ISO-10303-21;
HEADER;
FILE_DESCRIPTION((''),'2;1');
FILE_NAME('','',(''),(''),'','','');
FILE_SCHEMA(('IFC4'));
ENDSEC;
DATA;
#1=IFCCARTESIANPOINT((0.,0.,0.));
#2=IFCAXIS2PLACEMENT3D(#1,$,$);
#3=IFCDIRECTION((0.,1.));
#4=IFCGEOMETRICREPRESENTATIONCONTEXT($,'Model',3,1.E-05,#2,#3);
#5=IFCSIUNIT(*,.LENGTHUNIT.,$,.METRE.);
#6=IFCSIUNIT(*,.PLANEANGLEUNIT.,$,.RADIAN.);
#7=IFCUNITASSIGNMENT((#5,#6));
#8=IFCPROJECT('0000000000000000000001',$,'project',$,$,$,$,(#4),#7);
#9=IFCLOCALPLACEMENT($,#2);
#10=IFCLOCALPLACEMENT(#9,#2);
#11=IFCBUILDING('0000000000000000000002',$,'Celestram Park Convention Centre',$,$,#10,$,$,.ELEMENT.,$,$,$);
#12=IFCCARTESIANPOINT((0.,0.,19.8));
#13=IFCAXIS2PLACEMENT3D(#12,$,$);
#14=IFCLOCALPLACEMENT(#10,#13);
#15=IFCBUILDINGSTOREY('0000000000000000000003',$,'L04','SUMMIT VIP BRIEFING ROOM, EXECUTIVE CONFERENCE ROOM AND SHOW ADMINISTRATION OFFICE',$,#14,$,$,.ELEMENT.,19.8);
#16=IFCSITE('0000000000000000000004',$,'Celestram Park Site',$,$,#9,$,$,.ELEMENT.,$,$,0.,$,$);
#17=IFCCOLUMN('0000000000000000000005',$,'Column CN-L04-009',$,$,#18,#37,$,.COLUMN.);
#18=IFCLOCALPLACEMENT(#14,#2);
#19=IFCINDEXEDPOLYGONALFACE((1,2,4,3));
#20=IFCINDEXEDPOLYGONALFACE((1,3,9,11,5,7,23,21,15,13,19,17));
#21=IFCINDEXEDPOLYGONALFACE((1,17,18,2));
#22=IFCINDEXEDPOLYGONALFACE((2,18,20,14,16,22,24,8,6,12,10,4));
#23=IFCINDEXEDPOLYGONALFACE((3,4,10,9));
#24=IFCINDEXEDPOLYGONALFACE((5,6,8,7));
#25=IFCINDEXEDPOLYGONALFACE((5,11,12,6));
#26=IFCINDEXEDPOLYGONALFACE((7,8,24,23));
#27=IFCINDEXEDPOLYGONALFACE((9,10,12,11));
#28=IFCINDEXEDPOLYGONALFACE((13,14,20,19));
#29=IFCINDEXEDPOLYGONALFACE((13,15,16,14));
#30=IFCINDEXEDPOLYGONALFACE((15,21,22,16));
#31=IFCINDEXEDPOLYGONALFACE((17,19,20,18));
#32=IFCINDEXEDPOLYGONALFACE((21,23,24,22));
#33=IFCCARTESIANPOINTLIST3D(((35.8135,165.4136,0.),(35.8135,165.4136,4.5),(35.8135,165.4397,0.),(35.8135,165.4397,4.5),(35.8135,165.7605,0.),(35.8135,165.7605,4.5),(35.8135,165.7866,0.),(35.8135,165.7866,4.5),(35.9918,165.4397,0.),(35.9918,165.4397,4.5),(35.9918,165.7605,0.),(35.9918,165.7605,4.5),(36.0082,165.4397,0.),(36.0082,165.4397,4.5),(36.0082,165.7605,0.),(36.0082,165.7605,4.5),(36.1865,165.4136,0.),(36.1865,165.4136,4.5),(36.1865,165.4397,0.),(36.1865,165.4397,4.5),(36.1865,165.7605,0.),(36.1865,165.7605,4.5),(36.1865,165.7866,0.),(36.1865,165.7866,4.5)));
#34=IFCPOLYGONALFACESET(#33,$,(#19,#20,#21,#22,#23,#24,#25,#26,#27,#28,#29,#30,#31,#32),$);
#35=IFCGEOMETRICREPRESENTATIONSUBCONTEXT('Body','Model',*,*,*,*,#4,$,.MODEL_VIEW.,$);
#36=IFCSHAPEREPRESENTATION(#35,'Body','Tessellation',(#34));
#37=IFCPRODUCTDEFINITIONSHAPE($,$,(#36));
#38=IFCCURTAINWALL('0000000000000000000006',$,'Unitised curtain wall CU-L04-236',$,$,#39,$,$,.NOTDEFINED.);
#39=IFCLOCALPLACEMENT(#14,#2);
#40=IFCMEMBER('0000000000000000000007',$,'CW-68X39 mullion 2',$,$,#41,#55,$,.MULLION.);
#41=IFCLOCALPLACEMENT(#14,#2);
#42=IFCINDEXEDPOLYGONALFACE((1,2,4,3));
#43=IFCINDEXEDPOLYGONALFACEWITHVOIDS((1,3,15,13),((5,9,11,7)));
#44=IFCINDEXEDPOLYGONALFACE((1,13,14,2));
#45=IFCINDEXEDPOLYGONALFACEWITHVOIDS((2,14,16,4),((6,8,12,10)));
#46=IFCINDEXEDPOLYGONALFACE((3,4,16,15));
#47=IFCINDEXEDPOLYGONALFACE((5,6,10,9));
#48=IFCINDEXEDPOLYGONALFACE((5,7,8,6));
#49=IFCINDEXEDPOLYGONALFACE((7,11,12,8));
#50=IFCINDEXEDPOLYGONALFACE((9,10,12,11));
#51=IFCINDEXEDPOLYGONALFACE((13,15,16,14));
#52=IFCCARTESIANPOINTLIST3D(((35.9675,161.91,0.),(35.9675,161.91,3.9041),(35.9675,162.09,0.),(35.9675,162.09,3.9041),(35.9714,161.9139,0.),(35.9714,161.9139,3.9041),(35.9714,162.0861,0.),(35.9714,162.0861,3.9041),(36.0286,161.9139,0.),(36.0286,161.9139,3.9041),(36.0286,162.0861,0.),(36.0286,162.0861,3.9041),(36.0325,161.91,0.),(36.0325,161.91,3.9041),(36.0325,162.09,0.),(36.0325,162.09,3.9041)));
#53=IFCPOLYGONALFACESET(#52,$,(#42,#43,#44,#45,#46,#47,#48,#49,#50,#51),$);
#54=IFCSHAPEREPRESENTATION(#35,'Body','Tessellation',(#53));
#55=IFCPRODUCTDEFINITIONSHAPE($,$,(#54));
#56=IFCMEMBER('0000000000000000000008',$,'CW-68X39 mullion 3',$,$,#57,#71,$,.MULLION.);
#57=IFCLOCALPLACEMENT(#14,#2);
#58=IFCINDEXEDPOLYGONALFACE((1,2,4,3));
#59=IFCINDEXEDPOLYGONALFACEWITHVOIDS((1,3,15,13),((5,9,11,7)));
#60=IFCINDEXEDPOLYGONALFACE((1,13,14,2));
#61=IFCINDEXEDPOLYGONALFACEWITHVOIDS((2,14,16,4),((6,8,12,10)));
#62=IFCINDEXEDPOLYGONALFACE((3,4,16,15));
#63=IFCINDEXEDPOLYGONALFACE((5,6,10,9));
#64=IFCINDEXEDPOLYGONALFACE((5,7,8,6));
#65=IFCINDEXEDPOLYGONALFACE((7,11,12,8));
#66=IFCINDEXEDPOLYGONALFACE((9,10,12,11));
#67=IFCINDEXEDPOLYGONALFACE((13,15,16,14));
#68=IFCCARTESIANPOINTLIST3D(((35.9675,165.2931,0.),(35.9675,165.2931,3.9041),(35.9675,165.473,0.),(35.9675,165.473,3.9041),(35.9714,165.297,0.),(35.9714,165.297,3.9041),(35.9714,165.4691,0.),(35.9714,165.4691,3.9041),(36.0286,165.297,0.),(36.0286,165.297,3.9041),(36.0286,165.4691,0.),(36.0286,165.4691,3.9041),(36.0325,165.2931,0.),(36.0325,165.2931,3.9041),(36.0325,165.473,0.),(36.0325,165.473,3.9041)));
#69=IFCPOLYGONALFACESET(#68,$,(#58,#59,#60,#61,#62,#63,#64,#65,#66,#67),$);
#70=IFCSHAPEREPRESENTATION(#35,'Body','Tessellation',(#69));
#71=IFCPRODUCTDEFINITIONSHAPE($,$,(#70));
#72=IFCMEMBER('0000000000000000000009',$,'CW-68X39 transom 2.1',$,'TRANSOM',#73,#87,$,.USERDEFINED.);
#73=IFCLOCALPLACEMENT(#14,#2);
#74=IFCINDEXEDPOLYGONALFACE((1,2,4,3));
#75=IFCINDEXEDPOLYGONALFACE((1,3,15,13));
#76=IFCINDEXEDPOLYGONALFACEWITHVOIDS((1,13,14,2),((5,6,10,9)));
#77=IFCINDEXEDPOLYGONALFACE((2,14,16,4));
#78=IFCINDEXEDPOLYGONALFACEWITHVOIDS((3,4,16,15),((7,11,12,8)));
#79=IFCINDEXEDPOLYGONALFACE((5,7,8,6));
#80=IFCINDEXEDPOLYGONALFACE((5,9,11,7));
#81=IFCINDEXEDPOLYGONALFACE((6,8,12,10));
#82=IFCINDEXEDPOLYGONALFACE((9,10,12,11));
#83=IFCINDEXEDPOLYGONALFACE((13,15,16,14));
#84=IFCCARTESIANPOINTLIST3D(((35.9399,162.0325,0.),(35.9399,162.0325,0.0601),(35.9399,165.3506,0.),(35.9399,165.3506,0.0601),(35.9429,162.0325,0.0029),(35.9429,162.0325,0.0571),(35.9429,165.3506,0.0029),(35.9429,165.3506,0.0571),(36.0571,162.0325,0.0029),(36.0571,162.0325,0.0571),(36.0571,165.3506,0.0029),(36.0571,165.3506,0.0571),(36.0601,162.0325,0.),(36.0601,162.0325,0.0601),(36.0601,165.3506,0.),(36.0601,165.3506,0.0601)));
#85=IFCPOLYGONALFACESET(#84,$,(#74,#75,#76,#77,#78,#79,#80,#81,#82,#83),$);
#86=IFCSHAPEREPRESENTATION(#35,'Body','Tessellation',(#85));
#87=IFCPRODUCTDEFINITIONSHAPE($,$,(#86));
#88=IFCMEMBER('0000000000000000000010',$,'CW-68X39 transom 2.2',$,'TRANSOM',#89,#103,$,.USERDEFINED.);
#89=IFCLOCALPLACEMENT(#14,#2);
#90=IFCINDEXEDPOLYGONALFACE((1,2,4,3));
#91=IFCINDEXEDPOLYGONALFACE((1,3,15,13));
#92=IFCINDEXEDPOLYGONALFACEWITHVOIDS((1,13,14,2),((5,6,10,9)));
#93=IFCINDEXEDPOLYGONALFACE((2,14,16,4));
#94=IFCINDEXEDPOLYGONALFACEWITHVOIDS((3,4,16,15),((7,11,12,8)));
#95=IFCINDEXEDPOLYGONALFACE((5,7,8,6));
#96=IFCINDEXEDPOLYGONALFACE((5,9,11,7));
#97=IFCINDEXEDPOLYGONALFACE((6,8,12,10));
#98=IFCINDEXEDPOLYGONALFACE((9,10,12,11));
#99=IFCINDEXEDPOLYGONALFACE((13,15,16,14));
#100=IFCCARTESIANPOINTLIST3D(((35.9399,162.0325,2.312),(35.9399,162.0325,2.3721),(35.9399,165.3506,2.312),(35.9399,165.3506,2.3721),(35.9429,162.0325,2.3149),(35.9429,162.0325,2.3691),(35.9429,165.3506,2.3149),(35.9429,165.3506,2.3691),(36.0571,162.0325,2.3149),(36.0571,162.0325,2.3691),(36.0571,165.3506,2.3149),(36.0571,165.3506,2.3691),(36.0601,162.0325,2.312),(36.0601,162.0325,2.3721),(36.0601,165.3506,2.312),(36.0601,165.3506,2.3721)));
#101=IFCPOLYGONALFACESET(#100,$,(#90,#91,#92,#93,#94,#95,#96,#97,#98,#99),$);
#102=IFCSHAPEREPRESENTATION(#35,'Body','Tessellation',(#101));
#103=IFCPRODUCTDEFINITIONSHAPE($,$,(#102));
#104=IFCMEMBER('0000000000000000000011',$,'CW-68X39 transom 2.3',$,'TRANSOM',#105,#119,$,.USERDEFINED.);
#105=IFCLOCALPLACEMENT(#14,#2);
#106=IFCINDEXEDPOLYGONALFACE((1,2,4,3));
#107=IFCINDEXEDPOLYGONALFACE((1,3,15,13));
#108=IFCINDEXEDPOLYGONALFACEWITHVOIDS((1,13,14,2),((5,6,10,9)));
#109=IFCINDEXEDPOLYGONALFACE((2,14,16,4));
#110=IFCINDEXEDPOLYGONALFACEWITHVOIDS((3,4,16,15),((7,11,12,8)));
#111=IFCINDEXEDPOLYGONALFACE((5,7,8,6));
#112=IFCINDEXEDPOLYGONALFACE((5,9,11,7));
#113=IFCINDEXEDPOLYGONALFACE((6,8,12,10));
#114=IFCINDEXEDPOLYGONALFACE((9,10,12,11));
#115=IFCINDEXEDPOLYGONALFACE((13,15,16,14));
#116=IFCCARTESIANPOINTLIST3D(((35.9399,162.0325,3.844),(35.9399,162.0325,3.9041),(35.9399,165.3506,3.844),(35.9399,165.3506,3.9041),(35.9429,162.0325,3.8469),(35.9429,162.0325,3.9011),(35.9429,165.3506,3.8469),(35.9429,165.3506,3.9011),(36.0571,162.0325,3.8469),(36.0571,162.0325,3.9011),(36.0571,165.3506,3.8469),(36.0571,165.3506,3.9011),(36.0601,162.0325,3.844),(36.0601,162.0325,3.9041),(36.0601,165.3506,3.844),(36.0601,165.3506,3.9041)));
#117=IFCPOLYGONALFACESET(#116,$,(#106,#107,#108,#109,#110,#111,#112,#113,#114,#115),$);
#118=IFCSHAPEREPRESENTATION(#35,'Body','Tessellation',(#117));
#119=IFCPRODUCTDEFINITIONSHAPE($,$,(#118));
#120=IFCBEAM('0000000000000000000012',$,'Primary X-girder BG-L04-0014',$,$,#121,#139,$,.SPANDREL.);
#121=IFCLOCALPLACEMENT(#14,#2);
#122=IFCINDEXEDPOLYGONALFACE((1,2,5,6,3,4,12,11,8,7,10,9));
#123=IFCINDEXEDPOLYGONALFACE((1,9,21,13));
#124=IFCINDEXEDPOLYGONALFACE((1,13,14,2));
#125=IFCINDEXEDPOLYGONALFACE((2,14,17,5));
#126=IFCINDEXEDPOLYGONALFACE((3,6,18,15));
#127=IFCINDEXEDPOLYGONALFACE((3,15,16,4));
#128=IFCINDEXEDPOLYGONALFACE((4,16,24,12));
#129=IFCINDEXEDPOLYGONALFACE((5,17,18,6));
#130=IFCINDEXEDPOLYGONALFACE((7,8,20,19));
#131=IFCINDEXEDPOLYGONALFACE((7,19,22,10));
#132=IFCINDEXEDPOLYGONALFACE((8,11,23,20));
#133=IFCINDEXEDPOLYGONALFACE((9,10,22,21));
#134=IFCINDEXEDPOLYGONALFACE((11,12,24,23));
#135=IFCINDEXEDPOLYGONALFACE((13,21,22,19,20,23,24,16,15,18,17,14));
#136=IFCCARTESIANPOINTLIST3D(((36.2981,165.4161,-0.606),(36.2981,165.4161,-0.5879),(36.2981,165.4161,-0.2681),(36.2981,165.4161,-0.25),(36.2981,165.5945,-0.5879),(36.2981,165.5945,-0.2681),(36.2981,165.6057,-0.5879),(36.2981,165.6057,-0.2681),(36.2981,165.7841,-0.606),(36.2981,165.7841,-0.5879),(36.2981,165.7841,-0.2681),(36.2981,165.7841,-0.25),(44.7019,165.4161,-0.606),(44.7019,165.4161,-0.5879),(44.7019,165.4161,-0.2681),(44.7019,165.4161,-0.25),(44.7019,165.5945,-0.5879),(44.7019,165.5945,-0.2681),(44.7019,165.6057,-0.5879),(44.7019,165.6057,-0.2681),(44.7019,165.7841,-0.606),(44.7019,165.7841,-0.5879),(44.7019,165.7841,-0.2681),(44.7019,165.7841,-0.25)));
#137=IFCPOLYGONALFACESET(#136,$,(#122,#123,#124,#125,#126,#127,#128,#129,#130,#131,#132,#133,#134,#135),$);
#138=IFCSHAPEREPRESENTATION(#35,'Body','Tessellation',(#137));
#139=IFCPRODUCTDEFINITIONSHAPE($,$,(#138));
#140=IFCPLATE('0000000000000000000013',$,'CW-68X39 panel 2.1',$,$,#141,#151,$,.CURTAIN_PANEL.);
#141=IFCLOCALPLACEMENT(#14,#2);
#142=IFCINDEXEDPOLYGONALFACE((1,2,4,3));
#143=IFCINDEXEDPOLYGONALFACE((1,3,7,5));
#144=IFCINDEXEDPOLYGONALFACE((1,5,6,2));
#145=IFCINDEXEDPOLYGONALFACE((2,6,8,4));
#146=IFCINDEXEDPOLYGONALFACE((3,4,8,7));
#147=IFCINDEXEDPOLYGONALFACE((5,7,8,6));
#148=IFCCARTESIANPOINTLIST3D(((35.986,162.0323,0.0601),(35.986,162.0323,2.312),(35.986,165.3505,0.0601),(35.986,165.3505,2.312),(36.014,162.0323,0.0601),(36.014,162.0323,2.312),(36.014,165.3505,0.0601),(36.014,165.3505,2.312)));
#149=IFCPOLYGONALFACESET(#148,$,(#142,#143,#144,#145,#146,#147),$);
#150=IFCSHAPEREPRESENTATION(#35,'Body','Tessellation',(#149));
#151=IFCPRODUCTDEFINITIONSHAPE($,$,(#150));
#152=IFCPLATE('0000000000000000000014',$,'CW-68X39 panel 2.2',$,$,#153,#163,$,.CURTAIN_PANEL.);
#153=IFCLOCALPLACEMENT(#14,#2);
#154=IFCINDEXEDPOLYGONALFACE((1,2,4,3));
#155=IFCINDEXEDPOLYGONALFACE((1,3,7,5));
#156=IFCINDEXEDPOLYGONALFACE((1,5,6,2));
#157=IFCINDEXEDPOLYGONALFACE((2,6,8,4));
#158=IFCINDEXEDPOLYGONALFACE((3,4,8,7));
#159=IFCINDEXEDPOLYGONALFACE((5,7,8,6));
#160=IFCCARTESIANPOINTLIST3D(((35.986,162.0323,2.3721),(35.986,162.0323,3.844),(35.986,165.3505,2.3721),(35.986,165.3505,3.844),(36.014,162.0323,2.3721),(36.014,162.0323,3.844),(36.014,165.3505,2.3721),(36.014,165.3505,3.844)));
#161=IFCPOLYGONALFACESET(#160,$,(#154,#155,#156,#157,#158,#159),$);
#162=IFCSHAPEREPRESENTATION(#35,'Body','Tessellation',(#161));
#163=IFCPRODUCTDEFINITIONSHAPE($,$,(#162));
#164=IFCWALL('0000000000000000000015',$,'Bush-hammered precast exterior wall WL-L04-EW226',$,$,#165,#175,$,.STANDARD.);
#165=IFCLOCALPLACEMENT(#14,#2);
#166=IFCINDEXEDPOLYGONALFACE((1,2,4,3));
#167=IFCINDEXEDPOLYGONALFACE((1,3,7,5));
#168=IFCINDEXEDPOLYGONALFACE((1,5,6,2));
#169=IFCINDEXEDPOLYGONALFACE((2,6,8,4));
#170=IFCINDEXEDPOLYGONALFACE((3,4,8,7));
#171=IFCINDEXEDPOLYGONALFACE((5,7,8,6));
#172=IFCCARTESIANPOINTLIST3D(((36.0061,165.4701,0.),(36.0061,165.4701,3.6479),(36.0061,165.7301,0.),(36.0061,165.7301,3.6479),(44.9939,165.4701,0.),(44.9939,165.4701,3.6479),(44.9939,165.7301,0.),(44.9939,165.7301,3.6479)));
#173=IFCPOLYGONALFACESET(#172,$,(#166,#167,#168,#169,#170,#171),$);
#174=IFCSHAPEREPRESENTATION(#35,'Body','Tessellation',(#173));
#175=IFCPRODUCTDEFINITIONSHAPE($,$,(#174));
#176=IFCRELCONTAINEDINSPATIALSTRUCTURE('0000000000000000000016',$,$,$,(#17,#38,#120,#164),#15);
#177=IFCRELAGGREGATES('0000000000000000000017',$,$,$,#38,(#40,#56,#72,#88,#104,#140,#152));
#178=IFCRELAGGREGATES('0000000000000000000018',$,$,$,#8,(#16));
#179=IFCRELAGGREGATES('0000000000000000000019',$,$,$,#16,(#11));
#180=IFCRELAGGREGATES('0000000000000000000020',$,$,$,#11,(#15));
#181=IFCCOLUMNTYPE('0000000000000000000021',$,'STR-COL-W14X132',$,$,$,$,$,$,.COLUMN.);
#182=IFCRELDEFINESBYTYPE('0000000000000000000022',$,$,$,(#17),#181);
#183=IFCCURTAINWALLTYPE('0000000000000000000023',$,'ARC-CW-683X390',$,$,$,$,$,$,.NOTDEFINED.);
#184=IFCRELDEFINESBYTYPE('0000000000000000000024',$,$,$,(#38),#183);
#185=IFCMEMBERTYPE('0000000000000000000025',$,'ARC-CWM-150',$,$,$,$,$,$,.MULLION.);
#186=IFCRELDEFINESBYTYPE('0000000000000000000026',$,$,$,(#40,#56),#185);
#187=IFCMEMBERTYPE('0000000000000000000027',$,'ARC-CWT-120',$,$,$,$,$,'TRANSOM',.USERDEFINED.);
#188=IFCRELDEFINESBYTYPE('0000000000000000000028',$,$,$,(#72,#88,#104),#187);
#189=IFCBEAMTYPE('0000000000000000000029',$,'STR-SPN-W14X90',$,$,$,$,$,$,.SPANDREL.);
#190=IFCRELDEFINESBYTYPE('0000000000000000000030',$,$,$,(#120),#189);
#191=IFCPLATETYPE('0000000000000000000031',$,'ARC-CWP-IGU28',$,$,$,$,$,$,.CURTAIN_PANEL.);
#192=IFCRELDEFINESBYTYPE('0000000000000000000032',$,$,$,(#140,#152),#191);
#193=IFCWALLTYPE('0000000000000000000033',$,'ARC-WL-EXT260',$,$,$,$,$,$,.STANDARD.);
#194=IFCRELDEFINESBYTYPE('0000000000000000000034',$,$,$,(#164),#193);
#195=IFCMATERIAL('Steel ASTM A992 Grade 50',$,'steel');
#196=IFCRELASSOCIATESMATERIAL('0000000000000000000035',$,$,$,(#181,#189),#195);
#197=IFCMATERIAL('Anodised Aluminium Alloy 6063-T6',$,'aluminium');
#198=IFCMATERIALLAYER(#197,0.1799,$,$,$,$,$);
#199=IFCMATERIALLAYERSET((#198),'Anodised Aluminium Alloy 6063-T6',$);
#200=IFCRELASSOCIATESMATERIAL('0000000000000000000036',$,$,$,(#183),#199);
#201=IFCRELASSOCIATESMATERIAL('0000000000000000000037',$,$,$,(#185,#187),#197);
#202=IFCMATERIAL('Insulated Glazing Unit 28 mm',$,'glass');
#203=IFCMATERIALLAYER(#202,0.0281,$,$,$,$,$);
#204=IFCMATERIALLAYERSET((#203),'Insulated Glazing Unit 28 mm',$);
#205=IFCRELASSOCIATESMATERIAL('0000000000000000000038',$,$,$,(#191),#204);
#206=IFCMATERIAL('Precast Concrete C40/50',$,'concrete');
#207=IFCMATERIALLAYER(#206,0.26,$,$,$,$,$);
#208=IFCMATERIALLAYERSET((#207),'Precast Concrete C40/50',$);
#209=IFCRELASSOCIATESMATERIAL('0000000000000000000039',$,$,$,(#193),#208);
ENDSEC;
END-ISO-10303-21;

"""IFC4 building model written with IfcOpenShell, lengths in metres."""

from ifc_helpers import new_model, si_unit, direction, frame, frame_2d, origin, origin_2d, place, context, subcontext, project, spatial, rectangle, hollow_rectangle, i_section, extrude, material, layer, layer_set, material_profile, profile_set, type_object, element, aggregate, save


model = new_model("IFC4")

# Units and contexts
model_context = context("Model", 3, precision=1e-05, world=origin(), true_north=direction((0.0, 1.0)))
body_context = subcontext(model_context, "Body", "Model", "MODEL_VIEW")
ifc_project = project(units=[si_unit("LENGTHUNIT", "METRE"), si_unit("PLANEANGLEUNIT", "RADIAN")], contexts=[model_context])

# Site, building, storey
site_placement = place(None, origin())
site = spatial("IfcSite", under=ifc_project, at=site_placement, Name="Celestram Park Site", CompositionType="ELEMENT", RefElevation=0.0)
building_placement = place(site_placement, origin())
building = spatial("IfcBuilding", under=site, at=building_placement, Name="Celestram Park Convention Centre", CompositionType="ELEMENT")
storey_placement = place(building_placement, frame((0.0, 0.0, 19.8)))
storey = spatial("IfcBuildingStorey", under=building, at=storey_placement, Name="L04", Description="SUMMIT VIP BRIEFING ROOM, EXECUTIVE CONFERENCE ROOM AND SHOW ADMINISTRATION OFFICE", CompositionType="ELEMENT", Elevation=19.8)

# Column
ifc_material_1 = material(Name="Steel ASTM A992 Grade 50", Category="steel")
ifc_material_profile_1 = material_profile(ifc_material_1, i_section(OverallWidth=0.373, OverallDepth=0.373, WebThickness=0.0164, FlangeThickness=0.0261, at=origin_2d()), Name="W14X132")
ifc_profile_set_1 = profile_set([ifc_material_profile_1], Name="Steel ASTM A992 Grade 50")
column_type = type_object("IfcColumnType", Name="STR-COL-W14X132", PredefinedType="COLUMN", material=ifc_profile_set_1)
column_placement = place(storey_placement, frame((36.0, 165.6001, 0.0), z_axis=(0.0, 0.0, 1.0), x_axis=(1.0, 0.0, 0.0)))
element("IfcColumn", 1, at=column_placement, inside=storey, type_object=column_type, Name="Column CN-L04-009", PredefinedType="COLUMN", context=body_context, shape_type="SweptSolid", body=[
    extrude(i_section(OverallWidth=0.373, OverallDepth=0.373, WebThickness=0.0164, FlangeThickness=0.0261, at=origin_2d()), origin(), (0.0, 0.0, 1.0), 4.5),
])

# Curtain wall, members
ifc_material_2 = material(Name="Anodised Aluminium Alloy 6063-T6", Category="aluminium")
ifc_layer_1 = layer(ifc_material_2, 0.1799)
ifc_layer_set_1 = layer_set([ifc_layer_1], Name="Anodised Aluminium Alloy 6063-T6")
curtain_wall_type = type_object("IfcCurtainWallType", Name="ARC-CW-683X390", PredefinedType="NOTDEFINED", material=ifc_layer_set_1)
curtain_wall_placement = place(storey_placement, origin())
curtain_wall = element("IfcCurtainWall", 2, at=curtain_wall_placement, inside=storey, type_object=curtain_wall_type, Name="Unitised curtain wall CU-L04-236", PredefinedType="NOTDEFINED")
ifc_material_profile_2 = material_profile(ifc_material_2, hollow_rectangle(XDim=0.0649, YDim=0.1799, WallThickness=0.0039, at=origin_2d()), Name="ALU65X180X4")
ifc_profile_set_2 = profile_set([ifc_material_profile_2], Name="Anodised Aluminium Alloy 6063-T6")
member_type_1 = type_object("IfcMemberType", Name="ARC-CWM-150", PredefinedType="MULLION", material=ifc_profile_set_2)
member_1_placement = place(storey_placement, frame((36.0, 162.0, 0.0), z_axis=(0.0, 0.0, 1.0), x_axis=(-1.0, 0.0, 0.0)))
member_1 = element("IfcMember", 3, at=member_1_placement, type_object=member_type_1, Name="CW-68X39 mullion 2", PredefinedType="MULLION", context=body_context, shape_type="SweptSolid", body=[
    extrude(hollow_rectangle(XDim=0.0649, YDim=0.1799, WallThickness=0.0039, at=origin_2d()), origin(), (0.0, 0.0, 1.0), 3.9041),
])
member_2_placement = place(storey_placement, frame((36.0, 165.3831, 0.0), z_axis=(0.0, 0.0, 1.0), x_axis=(-1.0, 0.0, 0.0)))
member_2 = element("IfcMember", 4, at=member_2_placement, type_object=member_type_1, Name="CW-68X39 mullion 3", PredefinedType="MULLION", context=body_context, shape_type="SweptSolid", body=[
    extrude(hollow_rectangle(XDim=0.0649, YDim=0.1799, WallThickness=0.0039, at=origin_2d()), origin(), (0.0, 0.0, 1.0), 3.9041),
])
ifc_material_profile_3 = material_profile(ifc_material_2, hollow_rectangle(XDim=0.1201, YDim=0.0601, WallThickness=0.0029, at=origin_2d()), Name="ALU120X60X3")
ifc_profile_set_3 = profile_set([ifc_material_profile_3], Name="Anodised Aluminium Alloy 6063-T6")
member_type_2 = type_object("IfcMemberType", Name="ARC-CWT-120", ElementType="TRANSOM", PredefinedType="USERDEFINED", material=ifc_profile_set_3)
member_3_placement = place(storey_placement, frame((36.0, 162.0325, 0.03), z_axis=(0.0, 1.0, 0.0), x_axis=(-1.0, 0.0, 0.0)))
member_3 = element("IfcMember", 5, at=member_3_placement, type_object=member_type_2, Name="CW-68X39 transom 2.1", ObjectType="TRANSOM", PredefinedType="USERDEFINED", context=body_context, shape_type="SweptSolid", body=[
    extrude(hollow_rectangle(XDim=0.1201, YDim=0.0601, WallThickness=0.0029, at=origin_2d()), origin(), (0.0, 0.0, 1.0), 3.3181),
])
member_4_placement = place(storey_placement, frame((36.0, 162.0325, 2.342), z_axis=(0.0, 1.0, 0.0), x_axis=(-1.0, 0.0, 0.0)))
member_4 = element("IfcMember", 6, at=member_4_placement, type_object=member_type_2, Name="CW-68X39 transom 2.2", ObjectType="TRANSOM", PredefinedType="USERDEFINED", context=body_context, shape_type="SweptSolid", body=[
    extrude(hollow_rectangle(XDim=0.1201, YDim=0.0601, WallThickness=0.0029, at=origin_2d()), origin(), (0.0, 0.0, 1.0), 3.3181),
])
member_5_placement = place(storey_placement, frame((36.0, 162.0325, 3.874), z_axis=(0.0, 1.0, 0.0), x_axis=(-1.0, 0.0, 0.0)))
member_5 = element("IfcMember", 7, at=member_5_placement, type_object=member_type_2, Name="CW-68X39 transom 2.3", ObjectType="TRANSOM", PredefinedType="USERDEFINED", context=body_context, shape_type="SweptSolid", body=[
    extrude(hollow_rectangle(XDim=0.1201, YDim=0.0601, WallThickness=0.0029, at=origin_2d()), origin(), (0.0, 0.0, 1.0), 3.3181),
])

# Beam
ifc_material_profile_4 = material_profile(ifc_material_1, i_section(OverallWidth=0.3679, OverallDepth=0.356, WebThickness=0.0112, FlangeThickness=0.0181, at=origin_2d()), Name="W14X90")
ifc_profile_set_4 = profile_set([ifc_material_profile_4], Name="Steel ASTM A992 Grade 50")
beam_type = type_object("IfcBeamType", Name="STR-SPN-W14X90", PredefinedType="SPANDREL", material=ifc_profile_set_4)
beam_placement = place(storey_placement, frame((36.2981, 165.6001, -0.428), z_axis=(1.0, 0.0, 0.0), x_axis=(0.0, 1.0, 0.0)))
element("IfcBeam", 8, at=beam_placement, inside=storey, type_object=beam_type, Name="Primary X-girder BG-L04-0014", PredefinedType="SPANDREL", context=body_context, shape_type="SweptSolid", body=[
    extrude(i_section(OverallWidth=0.3679, OverallDepth=0.356, WebThickness=0.0112, FlangeThickness=0.0181, at=origin_2d()), origin(), (0.0, 0.0, 1.0), 8.4038),
])

# Plates
ifc_material_3 = material(Name="Insulated Glazing Unit 28 mm", Category="glass")
ifc_layer_2 = layer(ifc_material_3, 0.0281)
ifc_layer_set_2 = layer_set([ifc_layer_2], Name="Insulated Glazing Unit 28 mm")
plate_type = type_object("IfcPlateType", Name="ARC-CWP-IGU28", PredefinedType="CURTAIN_PANEL", material=ifc_layer_set_2)
plate_1_placement = place(storey_placement, frame((36.0, 163.6914, 0.0601), z_axis=(0.0, 0.0, 1.0), x_axis=(0.0, 1.0, 0.0)))
plate_1 = element("IfcPlate", 9, at=plate_1_placement, type_object=plate_type, Name="CW-68X39 panel 2.1", PredefinedType="CURTAIN_PANEL", context=body_context, shape_type="SweptSolid", body=[
    extrude(rectangle(XDim=3.3181, YDim=0.0281, at=origin_2d()), origin(), (0.0, 0.0, 1.0), 2.252),
])
plate_2_placement = place(storey_placement, frame((36.0, 163.6914, 2.3721), z_axis=(0.0, 0.0, 1.0), x_axis=(0.0, 1.0, 0.0)))
plate_2 = element("IfcPlate", 10, at=plate_2_placement, type_object=plate_type, Name="CW-68X39 panel 2.2", PredefinedType="CURTAIN_PANEL", context=body_context, shape_type="SweptSolid", body=[
    extrude(rectangle(XDim=3.3181, YDim=0.0281, at=origin_2d()), origin(), (0.0, 0.0, 1.0), 1.4719),
])
aggregate(curtain_wall, [member_1, member_2, member_3, member_4, member_5, plate_1, plate_2])

# Wall
ifc_material_4 = material(Name="Precast Concrete C40/50", Category="concrete")
ifc_layer_3 = layer(ifc_material_4, 0.26)
ifc_layer_set_3 = layer_set([ifc_layer_3], Name="Precast Concrete C40/50")
wall_type_1 = type_object("IfcWallType", Name="ARC-WL-EXT260", PredefinedType="STANDARD", material=ifc_layer_set_3)
wall_1_placement = place(storey_placement, frame((36.0061, 165.6001, 0.0), z_axis=(0.0, 0.0, 1.0), x_axis=(1.0, 0.0, 0.0)))
element("IfcWall", 11, at=wall_1_placement, inside=storey, type_object=wall_type_1, Name="Bush-hammered precast exterior wall WL-L04-EW226", PredefinedType="STANDARD", context=body_context, shape_type="SweptSolid", body=[
    extrude(rectangle(XDim=8.9878, YDim=0.26, at=frame_2d((4.4939, 0.0))), origin(), (0.0, 0.0, 1.0), 3.6479),
])

save(model, "model.ifc")
